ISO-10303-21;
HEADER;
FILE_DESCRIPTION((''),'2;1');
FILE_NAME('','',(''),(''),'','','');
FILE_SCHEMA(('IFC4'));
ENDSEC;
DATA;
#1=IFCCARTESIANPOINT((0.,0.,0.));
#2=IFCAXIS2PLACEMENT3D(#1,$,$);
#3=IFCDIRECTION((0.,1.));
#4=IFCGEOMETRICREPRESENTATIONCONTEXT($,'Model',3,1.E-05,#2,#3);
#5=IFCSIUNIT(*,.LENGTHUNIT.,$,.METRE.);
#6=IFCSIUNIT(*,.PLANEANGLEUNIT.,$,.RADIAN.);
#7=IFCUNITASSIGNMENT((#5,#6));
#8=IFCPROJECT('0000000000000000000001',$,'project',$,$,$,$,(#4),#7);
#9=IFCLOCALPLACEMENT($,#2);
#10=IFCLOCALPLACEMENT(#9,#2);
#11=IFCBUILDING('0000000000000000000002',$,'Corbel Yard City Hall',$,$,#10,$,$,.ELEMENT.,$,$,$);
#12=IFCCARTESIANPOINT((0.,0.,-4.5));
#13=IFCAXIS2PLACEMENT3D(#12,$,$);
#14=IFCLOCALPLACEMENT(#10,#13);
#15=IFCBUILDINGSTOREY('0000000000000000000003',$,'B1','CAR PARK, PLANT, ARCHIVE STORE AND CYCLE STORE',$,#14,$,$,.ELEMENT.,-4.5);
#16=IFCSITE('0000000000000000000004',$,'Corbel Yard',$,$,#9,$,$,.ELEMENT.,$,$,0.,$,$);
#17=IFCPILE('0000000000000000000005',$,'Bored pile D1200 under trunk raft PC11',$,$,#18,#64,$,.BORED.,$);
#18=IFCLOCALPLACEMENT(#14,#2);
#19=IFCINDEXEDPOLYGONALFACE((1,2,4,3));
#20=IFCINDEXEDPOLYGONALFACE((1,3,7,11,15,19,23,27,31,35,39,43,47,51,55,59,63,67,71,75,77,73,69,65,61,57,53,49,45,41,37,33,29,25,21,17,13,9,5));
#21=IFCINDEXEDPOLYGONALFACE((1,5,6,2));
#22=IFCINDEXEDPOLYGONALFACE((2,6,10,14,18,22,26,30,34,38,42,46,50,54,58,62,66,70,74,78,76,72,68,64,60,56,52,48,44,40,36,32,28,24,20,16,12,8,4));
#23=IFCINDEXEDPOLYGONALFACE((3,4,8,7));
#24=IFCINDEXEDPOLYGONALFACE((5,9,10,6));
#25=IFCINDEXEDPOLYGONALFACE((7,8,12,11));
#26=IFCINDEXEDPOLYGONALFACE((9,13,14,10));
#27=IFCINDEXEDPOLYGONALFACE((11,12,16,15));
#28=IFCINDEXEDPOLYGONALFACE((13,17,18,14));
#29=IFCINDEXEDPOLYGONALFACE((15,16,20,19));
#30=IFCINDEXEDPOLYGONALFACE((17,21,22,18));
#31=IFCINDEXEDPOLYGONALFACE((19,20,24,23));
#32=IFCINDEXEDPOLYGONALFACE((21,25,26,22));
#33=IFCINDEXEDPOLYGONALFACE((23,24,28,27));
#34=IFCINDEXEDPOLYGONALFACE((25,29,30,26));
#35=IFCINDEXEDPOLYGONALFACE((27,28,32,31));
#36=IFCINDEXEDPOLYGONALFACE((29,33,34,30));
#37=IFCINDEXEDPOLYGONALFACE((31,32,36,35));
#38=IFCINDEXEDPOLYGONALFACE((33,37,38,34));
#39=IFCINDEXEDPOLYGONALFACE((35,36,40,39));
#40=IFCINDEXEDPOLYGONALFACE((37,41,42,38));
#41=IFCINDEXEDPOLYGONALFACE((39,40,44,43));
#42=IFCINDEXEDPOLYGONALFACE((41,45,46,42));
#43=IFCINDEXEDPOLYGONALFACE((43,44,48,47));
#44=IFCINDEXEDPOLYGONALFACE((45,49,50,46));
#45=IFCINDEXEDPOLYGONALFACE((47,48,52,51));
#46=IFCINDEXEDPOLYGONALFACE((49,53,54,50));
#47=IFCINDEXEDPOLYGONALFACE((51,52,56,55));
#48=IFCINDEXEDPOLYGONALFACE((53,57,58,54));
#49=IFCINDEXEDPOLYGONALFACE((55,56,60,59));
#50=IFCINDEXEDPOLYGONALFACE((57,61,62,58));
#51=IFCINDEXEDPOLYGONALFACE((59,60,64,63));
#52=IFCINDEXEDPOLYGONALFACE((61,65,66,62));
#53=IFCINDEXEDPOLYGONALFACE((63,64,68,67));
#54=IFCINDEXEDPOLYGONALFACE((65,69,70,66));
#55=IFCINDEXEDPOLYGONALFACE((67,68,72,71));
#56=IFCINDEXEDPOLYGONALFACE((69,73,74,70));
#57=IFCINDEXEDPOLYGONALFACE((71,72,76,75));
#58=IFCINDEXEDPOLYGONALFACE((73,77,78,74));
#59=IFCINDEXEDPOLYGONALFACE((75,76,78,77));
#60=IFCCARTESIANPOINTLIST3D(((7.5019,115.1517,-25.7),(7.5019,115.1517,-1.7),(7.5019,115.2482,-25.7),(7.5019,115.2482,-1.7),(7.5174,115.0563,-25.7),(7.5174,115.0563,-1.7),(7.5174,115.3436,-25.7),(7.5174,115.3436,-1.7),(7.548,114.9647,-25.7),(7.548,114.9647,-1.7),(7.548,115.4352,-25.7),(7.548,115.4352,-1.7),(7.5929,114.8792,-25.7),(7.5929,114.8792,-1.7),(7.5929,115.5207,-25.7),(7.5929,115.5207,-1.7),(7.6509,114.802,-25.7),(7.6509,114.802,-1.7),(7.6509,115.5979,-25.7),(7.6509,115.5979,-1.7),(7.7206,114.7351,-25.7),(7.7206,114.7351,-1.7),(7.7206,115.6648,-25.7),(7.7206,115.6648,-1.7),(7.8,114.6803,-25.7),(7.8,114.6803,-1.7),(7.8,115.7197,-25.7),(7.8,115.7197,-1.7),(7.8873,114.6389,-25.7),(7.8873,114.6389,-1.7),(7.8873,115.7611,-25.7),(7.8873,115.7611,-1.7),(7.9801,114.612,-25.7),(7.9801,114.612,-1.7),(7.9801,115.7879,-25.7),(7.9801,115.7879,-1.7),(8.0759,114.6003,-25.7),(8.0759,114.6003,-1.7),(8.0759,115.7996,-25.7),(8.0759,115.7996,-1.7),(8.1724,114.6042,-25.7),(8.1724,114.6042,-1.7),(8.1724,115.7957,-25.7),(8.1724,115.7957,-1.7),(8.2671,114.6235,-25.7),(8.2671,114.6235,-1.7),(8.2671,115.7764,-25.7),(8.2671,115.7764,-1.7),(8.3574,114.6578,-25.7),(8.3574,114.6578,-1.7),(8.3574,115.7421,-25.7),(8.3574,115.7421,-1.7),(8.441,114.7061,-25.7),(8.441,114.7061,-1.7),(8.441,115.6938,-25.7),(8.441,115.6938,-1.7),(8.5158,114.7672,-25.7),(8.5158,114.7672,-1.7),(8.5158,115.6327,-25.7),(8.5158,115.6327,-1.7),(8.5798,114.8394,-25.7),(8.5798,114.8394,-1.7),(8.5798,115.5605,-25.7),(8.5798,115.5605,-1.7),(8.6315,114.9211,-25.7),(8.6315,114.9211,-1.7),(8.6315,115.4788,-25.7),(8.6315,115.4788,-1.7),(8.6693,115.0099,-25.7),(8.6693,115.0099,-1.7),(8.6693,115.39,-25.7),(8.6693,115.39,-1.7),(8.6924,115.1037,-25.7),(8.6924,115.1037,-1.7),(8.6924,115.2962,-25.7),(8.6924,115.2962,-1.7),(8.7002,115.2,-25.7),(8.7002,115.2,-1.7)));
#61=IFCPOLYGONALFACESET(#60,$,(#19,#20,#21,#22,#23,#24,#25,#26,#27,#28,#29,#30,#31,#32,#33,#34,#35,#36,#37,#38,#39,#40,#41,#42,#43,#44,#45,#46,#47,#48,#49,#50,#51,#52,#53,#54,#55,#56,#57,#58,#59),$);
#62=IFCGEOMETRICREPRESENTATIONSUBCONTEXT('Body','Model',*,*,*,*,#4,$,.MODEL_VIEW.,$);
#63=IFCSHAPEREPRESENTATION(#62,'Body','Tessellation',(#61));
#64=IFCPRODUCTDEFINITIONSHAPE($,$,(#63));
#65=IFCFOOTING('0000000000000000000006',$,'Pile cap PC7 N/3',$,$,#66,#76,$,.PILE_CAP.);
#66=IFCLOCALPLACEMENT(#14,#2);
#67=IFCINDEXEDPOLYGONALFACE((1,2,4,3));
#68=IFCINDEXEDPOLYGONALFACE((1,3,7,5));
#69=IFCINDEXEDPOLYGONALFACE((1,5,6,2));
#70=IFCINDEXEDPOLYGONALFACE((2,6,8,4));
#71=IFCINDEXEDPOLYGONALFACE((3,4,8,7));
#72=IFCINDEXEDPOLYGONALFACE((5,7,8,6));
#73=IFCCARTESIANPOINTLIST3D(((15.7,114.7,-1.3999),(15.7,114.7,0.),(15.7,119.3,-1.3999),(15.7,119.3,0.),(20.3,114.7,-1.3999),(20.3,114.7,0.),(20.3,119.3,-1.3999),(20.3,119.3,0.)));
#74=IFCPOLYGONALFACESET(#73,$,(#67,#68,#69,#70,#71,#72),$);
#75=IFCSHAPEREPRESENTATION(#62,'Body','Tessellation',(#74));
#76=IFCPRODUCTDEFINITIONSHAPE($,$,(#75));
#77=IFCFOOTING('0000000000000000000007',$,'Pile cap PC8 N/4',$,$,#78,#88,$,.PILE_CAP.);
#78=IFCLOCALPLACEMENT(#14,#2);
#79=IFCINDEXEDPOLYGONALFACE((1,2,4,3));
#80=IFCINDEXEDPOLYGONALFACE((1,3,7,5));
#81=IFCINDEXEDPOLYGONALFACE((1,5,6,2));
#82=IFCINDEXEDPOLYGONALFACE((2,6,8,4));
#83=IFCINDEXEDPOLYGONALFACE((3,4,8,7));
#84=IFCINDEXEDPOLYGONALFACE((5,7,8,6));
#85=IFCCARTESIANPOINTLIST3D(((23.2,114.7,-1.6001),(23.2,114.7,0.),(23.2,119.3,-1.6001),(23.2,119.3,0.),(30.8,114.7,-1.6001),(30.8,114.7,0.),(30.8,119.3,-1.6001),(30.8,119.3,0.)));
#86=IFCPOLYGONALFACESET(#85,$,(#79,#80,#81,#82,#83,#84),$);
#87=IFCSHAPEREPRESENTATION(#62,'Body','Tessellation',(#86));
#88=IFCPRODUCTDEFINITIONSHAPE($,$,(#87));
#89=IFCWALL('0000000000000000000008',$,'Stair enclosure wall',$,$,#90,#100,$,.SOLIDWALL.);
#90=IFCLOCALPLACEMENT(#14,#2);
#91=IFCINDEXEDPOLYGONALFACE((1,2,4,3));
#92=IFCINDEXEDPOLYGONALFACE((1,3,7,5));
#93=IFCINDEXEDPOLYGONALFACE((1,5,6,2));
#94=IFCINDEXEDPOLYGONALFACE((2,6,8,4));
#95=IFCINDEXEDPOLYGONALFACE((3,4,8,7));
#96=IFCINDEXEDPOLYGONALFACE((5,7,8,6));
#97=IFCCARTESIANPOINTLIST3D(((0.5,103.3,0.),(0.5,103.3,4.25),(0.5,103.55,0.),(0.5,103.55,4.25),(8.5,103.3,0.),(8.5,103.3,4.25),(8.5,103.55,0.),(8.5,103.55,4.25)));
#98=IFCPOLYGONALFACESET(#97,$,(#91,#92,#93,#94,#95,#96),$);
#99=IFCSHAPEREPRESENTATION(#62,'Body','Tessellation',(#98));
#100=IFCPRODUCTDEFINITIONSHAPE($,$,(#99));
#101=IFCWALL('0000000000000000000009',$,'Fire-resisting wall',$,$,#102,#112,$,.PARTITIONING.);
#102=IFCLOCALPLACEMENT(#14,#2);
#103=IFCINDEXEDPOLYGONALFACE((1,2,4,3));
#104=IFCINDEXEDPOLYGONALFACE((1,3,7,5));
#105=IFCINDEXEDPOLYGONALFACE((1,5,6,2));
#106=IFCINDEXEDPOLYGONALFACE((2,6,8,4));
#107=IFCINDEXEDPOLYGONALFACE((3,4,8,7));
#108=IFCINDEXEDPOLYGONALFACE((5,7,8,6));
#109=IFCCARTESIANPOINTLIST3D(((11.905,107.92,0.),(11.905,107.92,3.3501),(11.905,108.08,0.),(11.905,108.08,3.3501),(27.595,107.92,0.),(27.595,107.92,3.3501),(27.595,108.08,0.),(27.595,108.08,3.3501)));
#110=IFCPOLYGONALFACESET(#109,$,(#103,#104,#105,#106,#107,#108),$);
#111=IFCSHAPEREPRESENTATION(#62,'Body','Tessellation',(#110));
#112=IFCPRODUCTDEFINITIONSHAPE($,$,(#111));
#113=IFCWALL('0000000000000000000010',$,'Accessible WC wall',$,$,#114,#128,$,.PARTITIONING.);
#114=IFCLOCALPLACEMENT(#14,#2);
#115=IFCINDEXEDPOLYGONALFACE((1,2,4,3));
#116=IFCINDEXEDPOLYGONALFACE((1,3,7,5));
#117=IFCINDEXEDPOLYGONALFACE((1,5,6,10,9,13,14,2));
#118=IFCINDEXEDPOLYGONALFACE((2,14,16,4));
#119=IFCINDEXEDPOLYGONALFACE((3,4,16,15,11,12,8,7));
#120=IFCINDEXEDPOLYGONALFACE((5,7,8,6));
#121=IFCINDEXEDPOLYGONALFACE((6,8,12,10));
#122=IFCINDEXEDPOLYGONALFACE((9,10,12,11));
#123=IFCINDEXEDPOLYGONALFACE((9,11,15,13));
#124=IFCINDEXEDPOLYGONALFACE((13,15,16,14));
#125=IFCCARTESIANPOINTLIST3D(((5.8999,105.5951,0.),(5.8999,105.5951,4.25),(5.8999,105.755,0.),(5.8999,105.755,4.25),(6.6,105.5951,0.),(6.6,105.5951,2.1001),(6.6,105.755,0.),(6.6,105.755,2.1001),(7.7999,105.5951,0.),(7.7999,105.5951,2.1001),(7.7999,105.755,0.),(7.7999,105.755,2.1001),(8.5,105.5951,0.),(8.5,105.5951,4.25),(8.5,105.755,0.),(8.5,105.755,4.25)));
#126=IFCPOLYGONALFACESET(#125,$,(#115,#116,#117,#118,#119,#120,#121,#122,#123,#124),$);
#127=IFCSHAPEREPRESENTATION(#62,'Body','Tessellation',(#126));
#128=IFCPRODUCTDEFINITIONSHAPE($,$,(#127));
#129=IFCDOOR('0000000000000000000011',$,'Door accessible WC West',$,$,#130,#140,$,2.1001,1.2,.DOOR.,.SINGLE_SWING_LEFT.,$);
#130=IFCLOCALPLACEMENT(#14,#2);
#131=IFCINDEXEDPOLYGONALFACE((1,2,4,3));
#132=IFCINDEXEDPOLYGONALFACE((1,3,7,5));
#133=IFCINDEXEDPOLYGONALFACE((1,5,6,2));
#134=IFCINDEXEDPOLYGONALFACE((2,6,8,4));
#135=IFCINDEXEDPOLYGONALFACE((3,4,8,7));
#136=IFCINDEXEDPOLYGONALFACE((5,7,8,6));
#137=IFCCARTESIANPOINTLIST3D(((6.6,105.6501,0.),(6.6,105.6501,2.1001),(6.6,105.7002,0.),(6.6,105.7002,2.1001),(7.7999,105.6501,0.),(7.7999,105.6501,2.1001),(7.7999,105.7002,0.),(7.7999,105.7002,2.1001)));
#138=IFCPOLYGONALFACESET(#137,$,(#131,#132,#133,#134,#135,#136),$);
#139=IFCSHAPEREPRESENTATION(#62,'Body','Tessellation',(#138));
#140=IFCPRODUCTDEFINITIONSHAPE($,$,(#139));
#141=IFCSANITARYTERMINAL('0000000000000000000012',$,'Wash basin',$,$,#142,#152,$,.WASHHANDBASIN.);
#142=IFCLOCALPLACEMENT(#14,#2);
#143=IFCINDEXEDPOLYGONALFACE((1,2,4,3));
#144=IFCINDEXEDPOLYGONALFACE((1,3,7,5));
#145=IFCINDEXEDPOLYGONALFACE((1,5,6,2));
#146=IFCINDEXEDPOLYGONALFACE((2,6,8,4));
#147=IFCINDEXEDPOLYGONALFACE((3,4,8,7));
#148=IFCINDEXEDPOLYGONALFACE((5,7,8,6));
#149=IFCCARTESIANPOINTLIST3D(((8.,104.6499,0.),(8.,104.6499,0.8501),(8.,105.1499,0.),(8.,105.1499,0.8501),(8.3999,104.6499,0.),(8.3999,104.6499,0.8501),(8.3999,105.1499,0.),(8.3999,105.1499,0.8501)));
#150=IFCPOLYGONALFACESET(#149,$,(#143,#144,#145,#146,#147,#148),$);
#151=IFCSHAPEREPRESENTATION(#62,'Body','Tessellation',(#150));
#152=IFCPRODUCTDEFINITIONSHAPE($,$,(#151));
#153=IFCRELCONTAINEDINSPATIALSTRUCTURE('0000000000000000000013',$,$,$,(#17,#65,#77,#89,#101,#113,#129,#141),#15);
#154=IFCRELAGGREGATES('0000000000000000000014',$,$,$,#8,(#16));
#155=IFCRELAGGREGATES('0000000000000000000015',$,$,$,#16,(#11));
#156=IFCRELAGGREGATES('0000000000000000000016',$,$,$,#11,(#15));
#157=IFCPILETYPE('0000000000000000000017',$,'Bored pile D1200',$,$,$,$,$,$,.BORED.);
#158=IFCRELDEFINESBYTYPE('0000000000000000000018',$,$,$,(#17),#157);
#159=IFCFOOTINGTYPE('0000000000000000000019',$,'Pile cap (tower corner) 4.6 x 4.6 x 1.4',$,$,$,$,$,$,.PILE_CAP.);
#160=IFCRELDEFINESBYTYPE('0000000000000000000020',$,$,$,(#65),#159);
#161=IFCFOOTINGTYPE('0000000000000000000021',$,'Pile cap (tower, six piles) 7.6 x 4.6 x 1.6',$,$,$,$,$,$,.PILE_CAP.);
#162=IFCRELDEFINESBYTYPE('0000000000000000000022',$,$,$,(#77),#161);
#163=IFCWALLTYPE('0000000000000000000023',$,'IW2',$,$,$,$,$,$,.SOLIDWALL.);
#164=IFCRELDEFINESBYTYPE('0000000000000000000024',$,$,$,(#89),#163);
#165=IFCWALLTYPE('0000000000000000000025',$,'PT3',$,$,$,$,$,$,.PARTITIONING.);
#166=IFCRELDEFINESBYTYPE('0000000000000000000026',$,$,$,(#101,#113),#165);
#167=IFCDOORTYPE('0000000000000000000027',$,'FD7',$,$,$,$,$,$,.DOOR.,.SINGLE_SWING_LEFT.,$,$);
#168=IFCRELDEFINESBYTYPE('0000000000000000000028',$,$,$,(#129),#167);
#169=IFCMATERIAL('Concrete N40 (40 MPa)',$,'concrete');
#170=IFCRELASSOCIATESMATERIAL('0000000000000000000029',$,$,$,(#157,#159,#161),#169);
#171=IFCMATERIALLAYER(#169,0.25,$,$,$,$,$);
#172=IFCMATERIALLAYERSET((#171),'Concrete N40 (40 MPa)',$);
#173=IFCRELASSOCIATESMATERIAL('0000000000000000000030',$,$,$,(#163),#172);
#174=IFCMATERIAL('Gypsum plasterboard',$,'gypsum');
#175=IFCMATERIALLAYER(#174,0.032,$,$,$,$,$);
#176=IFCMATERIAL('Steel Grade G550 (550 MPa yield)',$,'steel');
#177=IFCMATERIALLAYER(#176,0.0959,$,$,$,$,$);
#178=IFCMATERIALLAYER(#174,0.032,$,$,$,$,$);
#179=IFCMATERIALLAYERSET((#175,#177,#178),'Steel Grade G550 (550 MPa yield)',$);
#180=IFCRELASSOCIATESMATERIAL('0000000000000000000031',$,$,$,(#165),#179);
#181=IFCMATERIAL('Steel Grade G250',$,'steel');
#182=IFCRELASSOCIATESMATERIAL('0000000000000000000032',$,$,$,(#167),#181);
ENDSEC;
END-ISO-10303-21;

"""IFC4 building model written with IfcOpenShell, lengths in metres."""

from ifc_helpers import new_model, si_unit, direction, frame, frame_2d, origin, origin_2d, place, context, subcontext, project, spatial, rectangle, circle, extrude, material, layer, layer_set, material_profile, profile_set, type_object, element, fill, save


model = new_model("IFC4")

# Units and contexts
model_context = context("Model", 3, precision=1e-05, world=origin(), true_north=direction((0.0, 1.0)))
body_context = subcontext(model_context, "Body", "Model", "MODEL_VIEW")
ifc_project = project(units=[si_unit("LENGTHUNIT", "METRE"), si_unit("PLANEANGLEUNIT", "RADIAN")], contexts=[model_context])

# Site, building, storey
site_placement = place(None, origin())
site = spatial("IfcSite", under=ifc_project, at=site_placement, Name="Corbel Yard", CompositionType="ELEMENT", RefElevation=0.0)
building_placement = place(site_placement, origin())
building = spatial("IfcBuilding", under=site, at=building_placement, Name="Corbel Yard City Hall", CompositionType="ELEMENT")
storey_placement = place(building_placement, frame((0.0, 0.0, -4.5)))
storey = spatial("IfcBuildingStorey", under=building, at=storey_placement, Name="B1", Description="CAR PARK, PLANT, ARCHIVE STORE AND CYCLE STORE", CompositionType="ELEMENT", Elevation=-4.5)

# Pile
ifc_material_1 = material(Name="Concrete N40 (40 MPa)", Category="concrete")
ifc_material_profile = material_profile(ifc_material_1, circle(Radius=0.6001, at=origin_2d()), Name="D1200")
ifc_profile_set = profile_set([ifc_material_profile], Name="Concrete N40 (40 MPa)")
pile_type = type_object("IfcPileType", Name="Bored pile D1200", PredefinedType="BORED", material=ifc_profile_set)
for number, where, z_axis, x_axis, name in (
    (1, (8.1001, 115.2, -1.7), (0.0, 0.0, -1.0), (1.0, 0.0, 0.0), "Bored pile D1200 under trunk raft PC11"),
):
    element("IfcPile", number, at=place(storey_placement, frame(where, z_axis=z_axis, x_axis=x_axis)), inside=storey, type_object=pile_type, Name=name, PredefinedType="BORED", context=body_context, shape_type="SweptSolid", body=[
        extrude(circle(Radius=0.6001, at=origin_2d()), origin(), (0.0, 0.0, 1.0), 24.0),
    ])

# Footings
footing_type_1 = type_object("IfcFootingType", Name="Pile cap (tower corner) 4.6 x 4.6 x 1.4", PredefinedType="PILE_CAP", material=ifc_material_1)
footing_1_placement = place(storey_placement, frame((18.0, 117.0, -1.3999), z_axis=(0.0, 0.0, 1.0), x_axis=(1.0, 0.0, 0.0)))
element("IfcFooting", 2, at=footing_1_placement, inside=storey, type_object=footing_type_1, Name="Pile cap PC7 N/3", PredefinedType="PILE_CAP", context=body_context, shape_type="SweptSolid", body=[
    extrude(rectangle(XDim=4.6001, YDim=4.6001, at=origin_2d()), origin(), (0.0, 0.0, 1.0), 1.3999),
])
footing_type_2 = type_object("IfcFootingType", Name="Pile cap (tower, six piles) 7.6 x 4.6 x 1.6", PredefinedType="PILE_CAP", material=ifc_material_1)
footing_2_placement = place(storey_placement, frame((27.0, 117.0, -1.6001), z_axis=(0.0, 0.0, 1.0), x_axis=(1.0, 0.0, 0.0)))
element("IfcFooting", 3, at=footing_2_placement, inside=storey, type_object=footing_type_2, Name="Pile cap PC8 N/4", PredefinedType="PILE_CAP", context=body_context, shape_type="SweptSolid", body=[
    extrude(rectangle(XDim=7.6001, YDim=4.6001, at=origin_2d()), origin(), (0.0, 0.0, 1.0), 1.6001),
])

# Walls
ifc_layer_1 = layer(ifc_material_1, 0.25)
ifc_layer_set_1 = layer_set([ifc_layer_1], Name="Concrete N40 (40 MPa)")
wall_type_1 = type_object("IfcWallType", Name="IW2", PredefinedType="SOLIDWALL", material=ifc_layer_set_1)
wall_1_placement = place(storey_placement, frame((8.5, 103.425, 0.0), z_axis=(0.0, 0.0, 1.0), x_axis=(-1.0, 0.0, 0.0)))
element("IfcWall", 4, at=wall_1_placement, inside=storey, type_object=wall_type_1, Name="Stair enclosure wall", PredefinedType="SOLIDWALL", context=body_context, shape_type="SweptSolid", body=[
    extrude(rectangle(XDim=8.0, YDim=0.25, at=frame_2d((4.0, 0.0))), origin(), (0.0, 0.0, 1.0), 4.25),
])
ifc_material_2 = material(Name="Gypsum plasterboard", Category="gypsum")
ifc_layer_2 = layer(ifc_material_2, 0.032)
ifc_material_3 = material(Name="Steel Grade G550 (550 MPa yield)", Category="steel")
ifc_layer_3 = layer(ifc_material_3, 0.0959)
ifc_layer_4 = layer(ifc_material_2, 0.032)
ifc_layer_set_2 = layer_set([ifc_layer_2, ifc_layer_3, ifc_layer_4], Name="Steel Grade G550 (550 MPa yield)")
wall_type_2 = type_object("IfcWallType", Name="PT3", PredefinedType="PARTITIONING", material=ifc_layer_set_2)
wall_2_placement = place(storey_placement, frame((11.905, 108.0, 0.0), z_axis=(0.0, 0.0, 1.0), x_axis=(1.0, 0.0, 0.0)))
element("IfcWall", 5, at=wall_2_placement, inside=storey, type_object=wall_type_2, Name="Fire-resisting wall", PredefinedType="PARTITIONING", context=body_context, shape_type="SweptSolid", body=[
    extrude(rectangle(XDim=15.6899, YDim=0.1599, at=frame_2d((7.845, 0.0))), origin(), (0.0, 0.0, 1.0), 3.3501),
])

# Wall, opening, door
wall_3_placement = place(storey_placement, frame((8.5, 105.675, 0.0), z_axis=(0.0, 0.0, 1.0), x_axis=(-1.0, 0.0, 0.0)))
wall_3 = element("IfcWall", 6, at=wall_3_placement, inside=storey, type_object=wall_type_2, Name="Accessible WC wall", PredefinedType="PARTITIONING", context=body_context, shape_type="SweptSolid", body=[
    extrude(rectangle(XDim=2.6001, YDim=0.1599, at=frame_2d((1.3, 0.0))), origin(), (0.0, 0.0, 1.0), 4.25),
])
opening_placement = place(wall_3_placement, frame((0.7, 0.0, 0.0)))
opening = element("IfcOpeningElement", 7, at=opening_placement, cuts=wall_3, PredefinedType="OPENING", context=body_context, shape_type="SweptSolid", body=[
    extrude(rectangle(XDim=1.2, YDim=2.1001, at=frame_2d((0.6001, 1.05))), frame((0.0, 0.0898, 0.0), z_axis=(0.0, -1.0, 0.0), x_axis=(1.0, 0.0, 0.0)), (0.0, 0.0, 1.0), 0.1799),
])
ifc_material_4 = material(Name="Steel Grade G250", Category="steel")
door_type = type_object("IfcDoorType", Name="FD7", OperationType="SINGLE_SWING_LEFT", PredefinedType="DOOR", material=ifc_material_4)
door_placement = place(opening_placement, origin())
door = element("IfcDoor", 8, at=door_placement, inside=storey, type_object=door_type, Name="Door accessible WC West", OperationType="SINGLE_SWING_LEFT", OverallHeight=2.1001, OverallWidth=1.2, PredefinedType="DOOR", context=body_context, shape_type="SweptSolid", body=[
    extrude(rectangle(XDim=1.2, YDim=2.1001, at=frame_2d((0.6001, 1.05))), frame((0.0, 0.0249, 0.0), z_axis=(0.0, -1.0, 0.0), x_axis=(1.0, 0.0, 0.0)), (0.0, 0.0, 1.0), 0.05),
])
fill(opening, door)

# Sanitary terminal
sanitary_terminal_placement = place(storey_placement, frame((8.2, 104.8999, 0.0), z_axis=(0.0, 0.0, 1.0), x_axis=(1.0, 0.0, 0.0)))
element("IfcSanitaryTerminal", 9, at=sanitary_terminal_placement, inside=storey, Name="Wash basin", PredefinedType="WASHHANDBASIN", context=body_context, shape_type="SweptSolid", body=[
    extrude(rectangle(XDim=0.3999, YDim=0.5, at=origin_2d()), origin(), (0.0, 0.0, 1.0), 0.8501),
])

save(model, "model.ifc")
